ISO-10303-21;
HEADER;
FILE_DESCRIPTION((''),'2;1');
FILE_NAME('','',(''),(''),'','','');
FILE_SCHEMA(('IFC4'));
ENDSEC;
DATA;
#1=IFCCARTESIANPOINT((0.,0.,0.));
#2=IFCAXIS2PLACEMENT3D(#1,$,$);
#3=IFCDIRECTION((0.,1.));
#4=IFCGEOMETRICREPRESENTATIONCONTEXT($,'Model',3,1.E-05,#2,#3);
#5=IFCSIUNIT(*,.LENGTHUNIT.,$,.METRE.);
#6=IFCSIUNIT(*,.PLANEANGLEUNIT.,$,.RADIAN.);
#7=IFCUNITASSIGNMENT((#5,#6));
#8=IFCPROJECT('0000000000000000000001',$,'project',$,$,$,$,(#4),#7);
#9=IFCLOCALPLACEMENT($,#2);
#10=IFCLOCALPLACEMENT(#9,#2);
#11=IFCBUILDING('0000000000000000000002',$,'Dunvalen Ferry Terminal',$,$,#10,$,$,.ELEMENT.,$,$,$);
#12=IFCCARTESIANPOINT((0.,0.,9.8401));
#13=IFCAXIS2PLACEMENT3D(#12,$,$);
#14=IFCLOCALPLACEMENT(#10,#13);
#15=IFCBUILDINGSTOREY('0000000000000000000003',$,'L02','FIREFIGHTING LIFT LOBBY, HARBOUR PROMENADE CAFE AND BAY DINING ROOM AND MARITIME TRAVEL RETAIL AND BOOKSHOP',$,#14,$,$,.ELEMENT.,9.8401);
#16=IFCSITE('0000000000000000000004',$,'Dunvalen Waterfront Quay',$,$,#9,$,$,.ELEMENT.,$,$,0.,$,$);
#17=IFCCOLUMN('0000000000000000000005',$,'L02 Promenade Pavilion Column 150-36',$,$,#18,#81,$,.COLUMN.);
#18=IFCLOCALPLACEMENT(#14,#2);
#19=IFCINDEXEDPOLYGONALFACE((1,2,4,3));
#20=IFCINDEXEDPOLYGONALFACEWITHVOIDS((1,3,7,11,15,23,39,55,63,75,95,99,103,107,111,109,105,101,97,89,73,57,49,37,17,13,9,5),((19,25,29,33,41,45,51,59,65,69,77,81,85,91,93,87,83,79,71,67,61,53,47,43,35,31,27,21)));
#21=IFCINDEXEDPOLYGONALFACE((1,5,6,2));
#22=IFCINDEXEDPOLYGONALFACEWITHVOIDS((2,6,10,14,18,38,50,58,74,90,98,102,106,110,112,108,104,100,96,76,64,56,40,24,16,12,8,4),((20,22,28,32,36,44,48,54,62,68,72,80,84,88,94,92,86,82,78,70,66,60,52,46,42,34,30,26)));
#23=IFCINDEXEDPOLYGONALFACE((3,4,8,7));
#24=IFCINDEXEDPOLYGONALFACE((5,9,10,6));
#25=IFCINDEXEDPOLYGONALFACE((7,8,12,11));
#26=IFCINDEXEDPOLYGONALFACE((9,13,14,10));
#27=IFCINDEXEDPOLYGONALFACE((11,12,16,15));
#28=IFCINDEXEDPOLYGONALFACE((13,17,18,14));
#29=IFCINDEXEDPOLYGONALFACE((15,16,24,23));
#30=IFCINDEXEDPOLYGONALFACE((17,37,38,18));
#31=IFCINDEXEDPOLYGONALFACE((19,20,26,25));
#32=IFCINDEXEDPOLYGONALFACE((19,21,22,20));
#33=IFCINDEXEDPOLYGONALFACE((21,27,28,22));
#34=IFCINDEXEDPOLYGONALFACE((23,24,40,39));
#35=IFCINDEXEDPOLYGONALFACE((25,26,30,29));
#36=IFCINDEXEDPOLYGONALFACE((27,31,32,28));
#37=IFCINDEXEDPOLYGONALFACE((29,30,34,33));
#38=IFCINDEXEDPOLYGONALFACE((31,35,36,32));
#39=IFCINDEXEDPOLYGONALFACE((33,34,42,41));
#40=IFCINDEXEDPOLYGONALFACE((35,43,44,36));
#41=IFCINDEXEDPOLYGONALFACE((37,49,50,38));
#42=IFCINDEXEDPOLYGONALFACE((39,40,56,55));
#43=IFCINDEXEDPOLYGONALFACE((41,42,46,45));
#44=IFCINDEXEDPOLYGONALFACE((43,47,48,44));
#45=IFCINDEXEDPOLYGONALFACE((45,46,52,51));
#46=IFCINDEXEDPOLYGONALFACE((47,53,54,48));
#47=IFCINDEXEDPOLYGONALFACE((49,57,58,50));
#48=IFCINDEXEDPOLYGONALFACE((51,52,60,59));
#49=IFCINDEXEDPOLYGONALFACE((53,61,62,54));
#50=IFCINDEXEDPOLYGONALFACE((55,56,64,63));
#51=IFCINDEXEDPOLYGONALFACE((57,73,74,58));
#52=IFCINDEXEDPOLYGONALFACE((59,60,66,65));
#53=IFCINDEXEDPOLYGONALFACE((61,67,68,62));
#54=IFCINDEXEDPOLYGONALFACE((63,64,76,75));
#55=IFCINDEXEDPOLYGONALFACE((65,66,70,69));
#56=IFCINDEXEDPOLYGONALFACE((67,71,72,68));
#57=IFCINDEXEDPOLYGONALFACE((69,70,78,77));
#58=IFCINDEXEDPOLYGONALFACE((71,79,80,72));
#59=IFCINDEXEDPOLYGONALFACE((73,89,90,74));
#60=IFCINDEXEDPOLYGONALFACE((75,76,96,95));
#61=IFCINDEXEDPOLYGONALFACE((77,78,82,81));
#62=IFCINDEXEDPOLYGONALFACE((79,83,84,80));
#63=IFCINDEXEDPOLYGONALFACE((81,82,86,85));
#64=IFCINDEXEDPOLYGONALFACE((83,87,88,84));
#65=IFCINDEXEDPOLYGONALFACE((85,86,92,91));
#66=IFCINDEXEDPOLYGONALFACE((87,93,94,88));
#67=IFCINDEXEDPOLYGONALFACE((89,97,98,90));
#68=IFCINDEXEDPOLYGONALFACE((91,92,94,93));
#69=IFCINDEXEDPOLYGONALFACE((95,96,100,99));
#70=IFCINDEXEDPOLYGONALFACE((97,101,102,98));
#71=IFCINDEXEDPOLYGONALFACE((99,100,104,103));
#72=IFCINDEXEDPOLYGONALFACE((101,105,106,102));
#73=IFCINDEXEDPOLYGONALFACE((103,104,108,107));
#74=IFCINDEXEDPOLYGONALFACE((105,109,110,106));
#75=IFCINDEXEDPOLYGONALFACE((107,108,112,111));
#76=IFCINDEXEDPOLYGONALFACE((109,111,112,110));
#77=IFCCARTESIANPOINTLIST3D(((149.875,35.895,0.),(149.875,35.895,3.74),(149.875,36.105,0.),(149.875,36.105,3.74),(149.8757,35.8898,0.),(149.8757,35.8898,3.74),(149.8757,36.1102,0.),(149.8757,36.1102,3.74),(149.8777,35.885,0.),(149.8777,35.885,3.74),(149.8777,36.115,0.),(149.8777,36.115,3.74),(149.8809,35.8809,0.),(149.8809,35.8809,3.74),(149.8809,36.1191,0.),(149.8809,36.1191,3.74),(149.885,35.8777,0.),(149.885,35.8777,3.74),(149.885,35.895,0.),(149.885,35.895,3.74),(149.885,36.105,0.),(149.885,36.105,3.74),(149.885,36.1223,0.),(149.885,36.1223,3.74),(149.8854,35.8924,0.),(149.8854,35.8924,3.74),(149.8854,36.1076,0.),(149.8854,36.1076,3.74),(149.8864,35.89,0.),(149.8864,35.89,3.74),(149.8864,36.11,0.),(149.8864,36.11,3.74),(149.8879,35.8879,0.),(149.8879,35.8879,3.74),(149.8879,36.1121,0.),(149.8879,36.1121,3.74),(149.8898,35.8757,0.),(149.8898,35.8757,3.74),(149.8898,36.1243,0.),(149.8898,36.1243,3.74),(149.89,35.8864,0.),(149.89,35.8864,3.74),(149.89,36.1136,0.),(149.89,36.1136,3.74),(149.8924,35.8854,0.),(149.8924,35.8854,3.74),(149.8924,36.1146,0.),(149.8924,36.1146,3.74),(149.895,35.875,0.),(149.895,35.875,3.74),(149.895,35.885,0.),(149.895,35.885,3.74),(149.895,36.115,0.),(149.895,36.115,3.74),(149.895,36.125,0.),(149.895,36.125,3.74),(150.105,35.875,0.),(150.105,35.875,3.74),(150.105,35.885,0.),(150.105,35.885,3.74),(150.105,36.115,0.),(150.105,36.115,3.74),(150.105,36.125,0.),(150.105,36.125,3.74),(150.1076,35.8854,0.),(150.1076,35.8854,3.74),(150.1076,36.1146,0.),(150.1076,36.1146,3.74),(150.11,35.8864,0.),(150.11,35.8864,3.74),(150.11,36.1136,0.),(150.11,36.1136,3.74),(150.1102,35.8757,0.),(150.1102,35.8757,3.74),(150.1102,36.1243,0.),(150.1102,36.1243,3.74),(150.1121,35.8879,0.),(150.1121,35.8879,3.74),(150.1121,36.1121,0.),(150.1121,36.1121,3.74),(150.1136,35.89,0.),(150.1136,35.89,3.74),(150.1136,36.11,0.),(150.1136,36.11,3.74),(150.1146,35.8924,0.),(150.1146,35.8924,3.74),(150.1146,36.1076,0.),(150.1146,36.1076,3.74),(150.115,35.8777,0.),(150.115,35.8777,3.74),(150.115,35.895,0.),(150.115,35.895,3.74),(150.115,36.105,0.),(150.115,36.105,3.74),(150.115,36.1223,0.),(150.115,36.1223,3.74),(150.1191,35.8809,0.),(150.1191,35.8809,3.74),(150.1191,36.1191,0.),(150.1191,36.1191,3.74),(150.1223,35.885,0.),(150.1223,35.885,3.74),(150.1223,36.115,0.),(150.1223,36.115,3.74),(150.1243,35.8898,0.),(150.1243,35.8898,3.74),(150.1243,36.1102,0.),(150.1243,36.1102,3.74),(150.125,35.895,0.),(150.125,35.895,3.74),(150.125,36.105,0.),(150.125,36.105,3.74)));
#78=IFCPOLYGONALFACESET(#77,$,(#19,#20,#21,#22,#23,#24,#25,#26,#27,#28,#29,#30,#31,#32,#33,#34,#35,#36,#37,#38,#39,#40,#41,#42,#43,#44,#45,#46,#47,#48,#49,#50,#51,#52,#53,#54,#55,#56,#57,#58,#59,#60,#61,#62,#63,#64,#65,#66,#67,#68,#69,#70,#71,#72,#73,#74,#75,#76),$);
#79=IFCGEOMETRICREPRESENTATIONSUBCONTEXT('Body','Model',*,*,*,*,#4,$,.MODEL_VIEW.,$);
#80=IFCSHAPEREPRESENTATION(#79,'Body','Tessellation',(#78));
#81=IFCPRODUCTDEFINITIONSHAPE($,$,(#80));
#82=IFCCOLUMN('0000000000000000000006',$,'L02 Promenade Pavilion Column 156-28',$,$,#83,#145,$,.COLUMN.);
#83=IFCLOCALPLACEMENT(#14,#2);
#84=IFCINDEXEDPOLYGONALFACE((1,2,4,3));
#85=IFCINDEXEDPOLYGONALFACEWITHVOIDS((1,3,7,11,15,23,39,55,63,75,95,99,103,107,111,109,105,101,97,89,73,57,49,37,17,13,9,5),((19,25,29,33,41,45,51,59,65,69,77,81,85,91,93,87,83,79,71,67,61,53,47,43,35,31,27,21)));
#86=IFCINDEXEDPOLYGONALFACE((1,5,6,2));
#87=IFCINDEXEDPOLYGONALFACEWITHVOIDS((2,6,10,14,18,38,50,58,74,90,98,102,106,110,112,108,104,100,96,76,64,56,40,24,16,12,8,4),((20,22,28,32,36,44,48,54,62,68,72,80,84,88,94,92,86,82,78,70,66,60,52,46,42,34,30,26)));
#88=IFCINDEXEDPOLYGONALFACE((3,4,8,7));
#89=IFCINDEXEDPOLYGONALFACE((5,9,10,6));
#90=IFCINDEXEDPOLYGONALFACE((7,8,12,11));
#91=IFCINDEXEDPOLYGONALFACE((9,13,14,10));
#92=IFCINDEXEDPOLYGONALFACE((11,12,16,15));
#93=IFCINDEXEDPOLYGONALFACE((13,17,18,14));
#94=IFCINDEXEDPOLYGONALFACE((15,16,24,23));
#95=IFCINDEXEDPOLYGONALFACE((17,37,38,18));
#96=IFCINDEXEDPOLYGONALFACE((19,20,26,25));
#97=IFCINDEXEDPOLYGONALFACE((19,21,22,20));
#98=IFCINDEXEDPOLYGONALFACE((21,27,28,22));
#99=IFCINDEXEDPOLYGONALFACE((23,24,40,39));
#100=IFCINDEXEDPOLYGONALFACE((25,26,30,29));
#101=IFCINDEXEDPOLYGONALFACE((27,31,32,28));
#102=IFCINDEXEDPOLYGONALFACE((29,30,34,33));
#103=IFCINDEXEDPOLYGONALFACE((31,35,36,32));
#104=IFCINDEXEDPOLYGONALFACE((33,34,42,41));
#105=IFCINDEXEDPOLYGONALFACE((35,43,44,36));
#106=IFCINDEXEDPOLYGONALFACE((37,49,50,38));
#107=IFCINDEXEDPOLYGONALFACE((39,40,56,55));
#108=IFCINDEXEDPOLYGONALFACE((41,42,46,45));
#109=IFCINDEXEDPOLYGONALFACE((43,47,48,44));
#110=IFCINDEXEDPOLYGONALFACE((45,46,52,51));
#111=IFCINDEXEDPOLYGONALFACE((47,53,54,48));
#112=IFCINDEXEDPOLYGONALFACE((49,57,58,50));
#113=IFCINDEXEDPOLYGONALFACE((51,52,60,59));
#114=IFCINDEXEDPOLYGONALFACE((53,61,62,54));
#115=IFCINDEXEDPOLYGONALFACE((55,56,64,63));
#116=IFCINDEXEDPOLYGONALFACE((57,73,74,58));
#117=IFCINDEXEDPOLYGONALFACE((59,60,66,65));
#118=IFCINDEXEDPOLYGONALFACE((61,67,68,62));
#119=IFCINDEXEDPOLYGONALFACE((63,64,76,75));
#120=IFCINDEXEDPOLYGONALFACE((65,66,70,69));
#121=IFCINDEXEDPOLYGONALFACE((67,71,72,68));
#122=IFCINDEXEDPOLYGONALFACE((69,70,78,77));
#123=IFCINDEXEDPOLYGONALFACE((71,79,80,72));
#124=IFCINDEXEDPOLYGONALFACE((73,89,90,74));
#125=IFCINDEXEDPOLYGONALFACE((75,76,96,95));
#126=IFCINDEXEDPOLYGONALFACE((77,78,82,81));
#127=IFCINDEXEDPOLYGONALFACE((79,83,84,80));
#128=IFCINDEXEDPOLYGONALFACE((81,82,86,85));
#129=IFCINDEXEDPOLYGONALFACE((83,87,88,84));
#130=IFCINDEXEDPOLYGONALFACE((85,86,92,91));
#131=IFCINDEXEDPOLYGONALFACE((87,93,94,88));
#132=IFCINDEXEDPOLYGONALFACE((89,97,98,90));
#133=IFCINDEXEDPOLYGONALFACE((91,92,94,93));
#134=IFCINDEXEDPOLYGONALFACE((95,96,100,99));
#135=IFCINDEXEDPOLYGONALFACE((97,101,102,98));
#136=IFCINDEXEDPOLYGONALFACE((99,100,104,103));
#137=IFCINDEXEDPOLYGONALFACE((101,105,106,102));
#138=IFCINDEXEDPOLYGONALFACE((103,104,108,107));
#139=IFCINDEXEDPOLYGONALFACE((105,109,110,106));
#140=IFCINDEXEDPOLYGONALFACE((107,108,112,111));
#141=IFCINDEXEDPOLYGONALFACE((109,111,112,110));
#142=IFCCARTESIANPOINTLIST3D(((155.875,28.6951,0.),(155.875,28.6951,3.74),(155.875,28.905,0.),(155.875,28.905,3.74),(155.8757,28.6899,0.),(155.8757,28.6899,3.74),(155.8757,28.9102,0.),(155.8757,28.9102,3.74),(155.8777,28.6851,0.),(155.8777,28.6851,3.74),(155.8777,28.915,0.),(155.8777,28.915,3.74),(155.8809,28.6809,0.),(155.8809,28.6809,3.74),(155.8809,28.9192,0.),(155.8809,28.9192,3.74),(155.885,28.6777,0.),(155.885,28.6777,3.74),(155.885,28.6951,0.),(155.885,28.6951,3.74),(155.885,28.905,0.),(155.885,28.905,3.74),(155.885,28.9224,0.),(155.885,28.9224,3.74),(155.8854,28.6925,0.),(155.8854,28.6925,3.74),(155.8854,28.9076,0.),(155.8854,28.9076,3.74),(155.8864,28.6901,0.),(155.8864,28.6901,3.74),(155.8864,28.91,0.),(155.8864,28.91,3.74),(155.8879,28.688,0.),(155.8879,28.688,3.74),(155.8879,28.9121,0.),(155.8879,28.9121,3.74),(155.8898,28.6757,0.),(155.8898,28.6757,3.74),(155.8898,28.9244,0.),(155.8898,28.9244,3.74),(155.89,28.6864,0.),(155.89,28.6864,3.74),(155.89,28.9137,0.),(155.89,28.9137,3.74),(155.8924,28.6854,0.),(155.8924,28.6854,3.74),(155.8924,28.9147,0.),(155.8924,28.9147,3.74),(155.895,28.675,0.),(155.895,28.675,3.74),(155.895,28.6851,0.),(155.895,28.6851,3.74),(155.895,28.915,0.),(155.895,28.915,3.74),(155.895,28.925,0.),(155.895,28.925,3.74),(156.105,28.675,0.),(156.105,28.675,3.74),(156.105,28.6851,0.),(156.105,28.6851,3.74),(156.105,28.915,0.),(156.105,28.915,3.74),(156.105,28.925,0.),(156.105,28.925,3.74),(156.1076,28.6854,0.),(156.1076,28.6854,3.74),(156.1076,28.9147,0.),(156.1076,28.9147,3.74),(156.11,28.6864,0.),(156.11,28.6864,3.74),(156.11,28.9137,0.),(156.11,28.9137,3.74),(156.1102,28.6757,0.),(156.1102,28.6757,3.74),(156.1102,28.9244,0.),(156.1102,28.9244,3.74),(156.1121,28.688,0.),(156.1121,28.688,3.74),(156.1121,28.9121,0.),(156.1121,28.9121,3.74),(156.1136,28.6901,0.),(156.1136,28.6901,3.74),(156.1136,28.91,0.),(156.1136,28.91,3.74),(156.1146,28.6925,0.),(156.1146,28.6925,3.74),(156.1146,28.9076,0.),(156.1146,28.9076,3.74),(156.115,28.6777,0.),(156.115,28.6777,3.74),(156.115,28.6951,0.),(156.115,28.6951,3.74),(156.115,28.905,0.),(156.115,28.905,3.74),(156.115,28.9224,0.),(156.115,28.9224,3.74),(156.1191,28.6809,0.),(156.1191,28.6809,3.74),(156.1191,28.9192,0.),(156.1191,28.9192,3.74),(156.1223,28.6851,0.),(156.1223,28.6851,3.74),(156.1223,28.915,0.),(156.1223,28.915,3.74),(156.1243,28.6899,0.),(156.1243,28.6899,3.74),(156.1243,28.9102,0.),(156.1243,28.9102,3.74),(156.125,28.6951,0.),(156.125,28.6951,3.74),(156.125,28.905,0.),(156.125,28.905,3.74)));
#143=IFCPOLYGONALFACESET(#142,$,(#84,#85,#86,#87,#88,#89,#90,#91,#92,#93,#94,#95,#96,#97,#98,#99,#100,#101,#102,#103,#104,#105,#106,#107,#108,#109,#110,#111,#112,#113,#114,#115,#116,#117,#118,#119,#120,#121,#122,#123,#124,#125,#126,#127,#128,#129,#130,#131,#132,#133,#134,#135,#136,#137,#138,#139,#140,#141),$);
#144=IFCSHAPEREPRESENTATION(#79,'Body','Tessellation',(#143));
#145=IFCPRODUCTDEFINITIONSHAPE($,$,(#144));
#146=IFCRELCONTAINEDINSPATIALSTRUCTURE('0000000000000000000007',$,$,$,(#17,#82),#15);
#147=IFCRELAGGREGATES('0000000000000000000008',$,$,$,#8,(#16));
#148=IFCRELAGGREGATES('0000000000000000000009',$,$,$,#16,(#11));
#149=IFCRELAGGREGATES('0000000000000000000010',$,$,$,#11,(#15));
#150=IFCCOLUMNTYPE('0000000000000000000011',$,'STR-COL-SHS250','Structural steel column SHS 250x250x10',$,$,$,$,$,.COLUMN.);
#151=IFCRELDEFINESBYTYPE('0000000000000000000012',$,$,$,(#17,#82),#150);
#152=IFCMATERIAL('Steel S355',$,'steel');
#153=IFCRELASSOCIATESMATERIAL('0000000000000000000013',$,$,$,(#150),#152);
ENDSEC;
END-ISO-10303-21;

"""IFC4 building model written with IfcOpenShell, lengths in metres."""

from ifc_helpers import new_model, si_unit, direction, frame, origin, origin_2d, place, context, subcontext, project, spatial, hollow_rectangle, extrude, material, material_profile, profile_set, type_object, element, save


model = new_model("IFC4")

# Units and contexts
model_context = context("Model", 3, precision=1e-05, world=origin(), true_north=direction((0.0, 1.0)))
body_context = subcontext(model_context, "Body", "Model", "MODEL_VIEW")
ifc_project = project(units=[si_unit("LENGTHUNIT", "METRE"), si_unit("PLANEANGLEUNIT", "RADIAN")], contexts=[model_context])

# Site, building, storey
site_placement = place(None, origin())
site = spatial("IfcSite", under=ifc_project, at=site_placement, Name="Dunvalen Waterfront Quay", CompositionType="ELEMENT", RefElevation=0.0)
building_placement = place(site_placement, origin())
building = spatial("IfcBuilding", under=site, at=building_placement, Name="Dunvalen Ferry Terminal", CompositionType="ELEMENT")
storey_placement = place(building_placement, frame((0.0, 0.0, 9.8401)))
storey = spatial("IfcBuildingStorey", under=building, at=storey_placement, Name="L02", Description="FIREFIGHTING LIFT LOBBY, HARBOUR PROMENADE CAFE AND BAY DINING ROOM AND MARITIME TRAVEL RETAIL AND BOOKSHOP", CompositionType="ELEMENT", Elevation=9.8401)

# Columns
ifc_material_1 = material(Name="Steel S355", Category="steel")
ifc_material_profile_1 = material_profile(ifc_material_1, hollow_rectangle(XDim=0.25, YDim=0.25, WallThickness=0.01, InnerFilletRadius=0.01, OuterFilletRadius=0.02, at=origin_2d()), Name="Steel S355")
ifc_profile_set_1 = profile_set([ifc_material_profile_1], Name="Steel S355")
column_type = type_object("IfcColumnType", Name="STR-COL-SHS250", Description="Structural steel column SHS 250x250x10", PredefinedType="COLUMN", material=ifc_profile_set_1)
for number, where, z_axis, x_axis, name in (
    (1, (150.0, 36.0, 0.0), (0.0, 0.0, 1.0), (1.0, 0.0, 0.0), "L02 Promenade Pavilion Column 150-36"),
    (2, (156.0, 28.8, 0.0), (0.0, 0.0, 1.0), (1.0, 0.0, 0.0), "L02 Promenade Pavilion Column 156-28"),
):
    element("IfcColumn", number, at=place(storey_placement, frame(where, z_axis=z_axis, x_axis=x_axis)), inside=storey, type_object=column_type, Name=name, PredefinedType="COLUMN", context=body_context, shape_type="SweptSolid", body=[
        extrude(hollow_rectangle(XDim=0.25, YDim=0.25, WallThickness=0.01, InnerFilletRadius=0.01, OuterFilletRadius=0.02, at=origin_2d()), origin(), (0.0, 0.0, 1.0), 3.74),
    ])

save(model, "model.ifc")
